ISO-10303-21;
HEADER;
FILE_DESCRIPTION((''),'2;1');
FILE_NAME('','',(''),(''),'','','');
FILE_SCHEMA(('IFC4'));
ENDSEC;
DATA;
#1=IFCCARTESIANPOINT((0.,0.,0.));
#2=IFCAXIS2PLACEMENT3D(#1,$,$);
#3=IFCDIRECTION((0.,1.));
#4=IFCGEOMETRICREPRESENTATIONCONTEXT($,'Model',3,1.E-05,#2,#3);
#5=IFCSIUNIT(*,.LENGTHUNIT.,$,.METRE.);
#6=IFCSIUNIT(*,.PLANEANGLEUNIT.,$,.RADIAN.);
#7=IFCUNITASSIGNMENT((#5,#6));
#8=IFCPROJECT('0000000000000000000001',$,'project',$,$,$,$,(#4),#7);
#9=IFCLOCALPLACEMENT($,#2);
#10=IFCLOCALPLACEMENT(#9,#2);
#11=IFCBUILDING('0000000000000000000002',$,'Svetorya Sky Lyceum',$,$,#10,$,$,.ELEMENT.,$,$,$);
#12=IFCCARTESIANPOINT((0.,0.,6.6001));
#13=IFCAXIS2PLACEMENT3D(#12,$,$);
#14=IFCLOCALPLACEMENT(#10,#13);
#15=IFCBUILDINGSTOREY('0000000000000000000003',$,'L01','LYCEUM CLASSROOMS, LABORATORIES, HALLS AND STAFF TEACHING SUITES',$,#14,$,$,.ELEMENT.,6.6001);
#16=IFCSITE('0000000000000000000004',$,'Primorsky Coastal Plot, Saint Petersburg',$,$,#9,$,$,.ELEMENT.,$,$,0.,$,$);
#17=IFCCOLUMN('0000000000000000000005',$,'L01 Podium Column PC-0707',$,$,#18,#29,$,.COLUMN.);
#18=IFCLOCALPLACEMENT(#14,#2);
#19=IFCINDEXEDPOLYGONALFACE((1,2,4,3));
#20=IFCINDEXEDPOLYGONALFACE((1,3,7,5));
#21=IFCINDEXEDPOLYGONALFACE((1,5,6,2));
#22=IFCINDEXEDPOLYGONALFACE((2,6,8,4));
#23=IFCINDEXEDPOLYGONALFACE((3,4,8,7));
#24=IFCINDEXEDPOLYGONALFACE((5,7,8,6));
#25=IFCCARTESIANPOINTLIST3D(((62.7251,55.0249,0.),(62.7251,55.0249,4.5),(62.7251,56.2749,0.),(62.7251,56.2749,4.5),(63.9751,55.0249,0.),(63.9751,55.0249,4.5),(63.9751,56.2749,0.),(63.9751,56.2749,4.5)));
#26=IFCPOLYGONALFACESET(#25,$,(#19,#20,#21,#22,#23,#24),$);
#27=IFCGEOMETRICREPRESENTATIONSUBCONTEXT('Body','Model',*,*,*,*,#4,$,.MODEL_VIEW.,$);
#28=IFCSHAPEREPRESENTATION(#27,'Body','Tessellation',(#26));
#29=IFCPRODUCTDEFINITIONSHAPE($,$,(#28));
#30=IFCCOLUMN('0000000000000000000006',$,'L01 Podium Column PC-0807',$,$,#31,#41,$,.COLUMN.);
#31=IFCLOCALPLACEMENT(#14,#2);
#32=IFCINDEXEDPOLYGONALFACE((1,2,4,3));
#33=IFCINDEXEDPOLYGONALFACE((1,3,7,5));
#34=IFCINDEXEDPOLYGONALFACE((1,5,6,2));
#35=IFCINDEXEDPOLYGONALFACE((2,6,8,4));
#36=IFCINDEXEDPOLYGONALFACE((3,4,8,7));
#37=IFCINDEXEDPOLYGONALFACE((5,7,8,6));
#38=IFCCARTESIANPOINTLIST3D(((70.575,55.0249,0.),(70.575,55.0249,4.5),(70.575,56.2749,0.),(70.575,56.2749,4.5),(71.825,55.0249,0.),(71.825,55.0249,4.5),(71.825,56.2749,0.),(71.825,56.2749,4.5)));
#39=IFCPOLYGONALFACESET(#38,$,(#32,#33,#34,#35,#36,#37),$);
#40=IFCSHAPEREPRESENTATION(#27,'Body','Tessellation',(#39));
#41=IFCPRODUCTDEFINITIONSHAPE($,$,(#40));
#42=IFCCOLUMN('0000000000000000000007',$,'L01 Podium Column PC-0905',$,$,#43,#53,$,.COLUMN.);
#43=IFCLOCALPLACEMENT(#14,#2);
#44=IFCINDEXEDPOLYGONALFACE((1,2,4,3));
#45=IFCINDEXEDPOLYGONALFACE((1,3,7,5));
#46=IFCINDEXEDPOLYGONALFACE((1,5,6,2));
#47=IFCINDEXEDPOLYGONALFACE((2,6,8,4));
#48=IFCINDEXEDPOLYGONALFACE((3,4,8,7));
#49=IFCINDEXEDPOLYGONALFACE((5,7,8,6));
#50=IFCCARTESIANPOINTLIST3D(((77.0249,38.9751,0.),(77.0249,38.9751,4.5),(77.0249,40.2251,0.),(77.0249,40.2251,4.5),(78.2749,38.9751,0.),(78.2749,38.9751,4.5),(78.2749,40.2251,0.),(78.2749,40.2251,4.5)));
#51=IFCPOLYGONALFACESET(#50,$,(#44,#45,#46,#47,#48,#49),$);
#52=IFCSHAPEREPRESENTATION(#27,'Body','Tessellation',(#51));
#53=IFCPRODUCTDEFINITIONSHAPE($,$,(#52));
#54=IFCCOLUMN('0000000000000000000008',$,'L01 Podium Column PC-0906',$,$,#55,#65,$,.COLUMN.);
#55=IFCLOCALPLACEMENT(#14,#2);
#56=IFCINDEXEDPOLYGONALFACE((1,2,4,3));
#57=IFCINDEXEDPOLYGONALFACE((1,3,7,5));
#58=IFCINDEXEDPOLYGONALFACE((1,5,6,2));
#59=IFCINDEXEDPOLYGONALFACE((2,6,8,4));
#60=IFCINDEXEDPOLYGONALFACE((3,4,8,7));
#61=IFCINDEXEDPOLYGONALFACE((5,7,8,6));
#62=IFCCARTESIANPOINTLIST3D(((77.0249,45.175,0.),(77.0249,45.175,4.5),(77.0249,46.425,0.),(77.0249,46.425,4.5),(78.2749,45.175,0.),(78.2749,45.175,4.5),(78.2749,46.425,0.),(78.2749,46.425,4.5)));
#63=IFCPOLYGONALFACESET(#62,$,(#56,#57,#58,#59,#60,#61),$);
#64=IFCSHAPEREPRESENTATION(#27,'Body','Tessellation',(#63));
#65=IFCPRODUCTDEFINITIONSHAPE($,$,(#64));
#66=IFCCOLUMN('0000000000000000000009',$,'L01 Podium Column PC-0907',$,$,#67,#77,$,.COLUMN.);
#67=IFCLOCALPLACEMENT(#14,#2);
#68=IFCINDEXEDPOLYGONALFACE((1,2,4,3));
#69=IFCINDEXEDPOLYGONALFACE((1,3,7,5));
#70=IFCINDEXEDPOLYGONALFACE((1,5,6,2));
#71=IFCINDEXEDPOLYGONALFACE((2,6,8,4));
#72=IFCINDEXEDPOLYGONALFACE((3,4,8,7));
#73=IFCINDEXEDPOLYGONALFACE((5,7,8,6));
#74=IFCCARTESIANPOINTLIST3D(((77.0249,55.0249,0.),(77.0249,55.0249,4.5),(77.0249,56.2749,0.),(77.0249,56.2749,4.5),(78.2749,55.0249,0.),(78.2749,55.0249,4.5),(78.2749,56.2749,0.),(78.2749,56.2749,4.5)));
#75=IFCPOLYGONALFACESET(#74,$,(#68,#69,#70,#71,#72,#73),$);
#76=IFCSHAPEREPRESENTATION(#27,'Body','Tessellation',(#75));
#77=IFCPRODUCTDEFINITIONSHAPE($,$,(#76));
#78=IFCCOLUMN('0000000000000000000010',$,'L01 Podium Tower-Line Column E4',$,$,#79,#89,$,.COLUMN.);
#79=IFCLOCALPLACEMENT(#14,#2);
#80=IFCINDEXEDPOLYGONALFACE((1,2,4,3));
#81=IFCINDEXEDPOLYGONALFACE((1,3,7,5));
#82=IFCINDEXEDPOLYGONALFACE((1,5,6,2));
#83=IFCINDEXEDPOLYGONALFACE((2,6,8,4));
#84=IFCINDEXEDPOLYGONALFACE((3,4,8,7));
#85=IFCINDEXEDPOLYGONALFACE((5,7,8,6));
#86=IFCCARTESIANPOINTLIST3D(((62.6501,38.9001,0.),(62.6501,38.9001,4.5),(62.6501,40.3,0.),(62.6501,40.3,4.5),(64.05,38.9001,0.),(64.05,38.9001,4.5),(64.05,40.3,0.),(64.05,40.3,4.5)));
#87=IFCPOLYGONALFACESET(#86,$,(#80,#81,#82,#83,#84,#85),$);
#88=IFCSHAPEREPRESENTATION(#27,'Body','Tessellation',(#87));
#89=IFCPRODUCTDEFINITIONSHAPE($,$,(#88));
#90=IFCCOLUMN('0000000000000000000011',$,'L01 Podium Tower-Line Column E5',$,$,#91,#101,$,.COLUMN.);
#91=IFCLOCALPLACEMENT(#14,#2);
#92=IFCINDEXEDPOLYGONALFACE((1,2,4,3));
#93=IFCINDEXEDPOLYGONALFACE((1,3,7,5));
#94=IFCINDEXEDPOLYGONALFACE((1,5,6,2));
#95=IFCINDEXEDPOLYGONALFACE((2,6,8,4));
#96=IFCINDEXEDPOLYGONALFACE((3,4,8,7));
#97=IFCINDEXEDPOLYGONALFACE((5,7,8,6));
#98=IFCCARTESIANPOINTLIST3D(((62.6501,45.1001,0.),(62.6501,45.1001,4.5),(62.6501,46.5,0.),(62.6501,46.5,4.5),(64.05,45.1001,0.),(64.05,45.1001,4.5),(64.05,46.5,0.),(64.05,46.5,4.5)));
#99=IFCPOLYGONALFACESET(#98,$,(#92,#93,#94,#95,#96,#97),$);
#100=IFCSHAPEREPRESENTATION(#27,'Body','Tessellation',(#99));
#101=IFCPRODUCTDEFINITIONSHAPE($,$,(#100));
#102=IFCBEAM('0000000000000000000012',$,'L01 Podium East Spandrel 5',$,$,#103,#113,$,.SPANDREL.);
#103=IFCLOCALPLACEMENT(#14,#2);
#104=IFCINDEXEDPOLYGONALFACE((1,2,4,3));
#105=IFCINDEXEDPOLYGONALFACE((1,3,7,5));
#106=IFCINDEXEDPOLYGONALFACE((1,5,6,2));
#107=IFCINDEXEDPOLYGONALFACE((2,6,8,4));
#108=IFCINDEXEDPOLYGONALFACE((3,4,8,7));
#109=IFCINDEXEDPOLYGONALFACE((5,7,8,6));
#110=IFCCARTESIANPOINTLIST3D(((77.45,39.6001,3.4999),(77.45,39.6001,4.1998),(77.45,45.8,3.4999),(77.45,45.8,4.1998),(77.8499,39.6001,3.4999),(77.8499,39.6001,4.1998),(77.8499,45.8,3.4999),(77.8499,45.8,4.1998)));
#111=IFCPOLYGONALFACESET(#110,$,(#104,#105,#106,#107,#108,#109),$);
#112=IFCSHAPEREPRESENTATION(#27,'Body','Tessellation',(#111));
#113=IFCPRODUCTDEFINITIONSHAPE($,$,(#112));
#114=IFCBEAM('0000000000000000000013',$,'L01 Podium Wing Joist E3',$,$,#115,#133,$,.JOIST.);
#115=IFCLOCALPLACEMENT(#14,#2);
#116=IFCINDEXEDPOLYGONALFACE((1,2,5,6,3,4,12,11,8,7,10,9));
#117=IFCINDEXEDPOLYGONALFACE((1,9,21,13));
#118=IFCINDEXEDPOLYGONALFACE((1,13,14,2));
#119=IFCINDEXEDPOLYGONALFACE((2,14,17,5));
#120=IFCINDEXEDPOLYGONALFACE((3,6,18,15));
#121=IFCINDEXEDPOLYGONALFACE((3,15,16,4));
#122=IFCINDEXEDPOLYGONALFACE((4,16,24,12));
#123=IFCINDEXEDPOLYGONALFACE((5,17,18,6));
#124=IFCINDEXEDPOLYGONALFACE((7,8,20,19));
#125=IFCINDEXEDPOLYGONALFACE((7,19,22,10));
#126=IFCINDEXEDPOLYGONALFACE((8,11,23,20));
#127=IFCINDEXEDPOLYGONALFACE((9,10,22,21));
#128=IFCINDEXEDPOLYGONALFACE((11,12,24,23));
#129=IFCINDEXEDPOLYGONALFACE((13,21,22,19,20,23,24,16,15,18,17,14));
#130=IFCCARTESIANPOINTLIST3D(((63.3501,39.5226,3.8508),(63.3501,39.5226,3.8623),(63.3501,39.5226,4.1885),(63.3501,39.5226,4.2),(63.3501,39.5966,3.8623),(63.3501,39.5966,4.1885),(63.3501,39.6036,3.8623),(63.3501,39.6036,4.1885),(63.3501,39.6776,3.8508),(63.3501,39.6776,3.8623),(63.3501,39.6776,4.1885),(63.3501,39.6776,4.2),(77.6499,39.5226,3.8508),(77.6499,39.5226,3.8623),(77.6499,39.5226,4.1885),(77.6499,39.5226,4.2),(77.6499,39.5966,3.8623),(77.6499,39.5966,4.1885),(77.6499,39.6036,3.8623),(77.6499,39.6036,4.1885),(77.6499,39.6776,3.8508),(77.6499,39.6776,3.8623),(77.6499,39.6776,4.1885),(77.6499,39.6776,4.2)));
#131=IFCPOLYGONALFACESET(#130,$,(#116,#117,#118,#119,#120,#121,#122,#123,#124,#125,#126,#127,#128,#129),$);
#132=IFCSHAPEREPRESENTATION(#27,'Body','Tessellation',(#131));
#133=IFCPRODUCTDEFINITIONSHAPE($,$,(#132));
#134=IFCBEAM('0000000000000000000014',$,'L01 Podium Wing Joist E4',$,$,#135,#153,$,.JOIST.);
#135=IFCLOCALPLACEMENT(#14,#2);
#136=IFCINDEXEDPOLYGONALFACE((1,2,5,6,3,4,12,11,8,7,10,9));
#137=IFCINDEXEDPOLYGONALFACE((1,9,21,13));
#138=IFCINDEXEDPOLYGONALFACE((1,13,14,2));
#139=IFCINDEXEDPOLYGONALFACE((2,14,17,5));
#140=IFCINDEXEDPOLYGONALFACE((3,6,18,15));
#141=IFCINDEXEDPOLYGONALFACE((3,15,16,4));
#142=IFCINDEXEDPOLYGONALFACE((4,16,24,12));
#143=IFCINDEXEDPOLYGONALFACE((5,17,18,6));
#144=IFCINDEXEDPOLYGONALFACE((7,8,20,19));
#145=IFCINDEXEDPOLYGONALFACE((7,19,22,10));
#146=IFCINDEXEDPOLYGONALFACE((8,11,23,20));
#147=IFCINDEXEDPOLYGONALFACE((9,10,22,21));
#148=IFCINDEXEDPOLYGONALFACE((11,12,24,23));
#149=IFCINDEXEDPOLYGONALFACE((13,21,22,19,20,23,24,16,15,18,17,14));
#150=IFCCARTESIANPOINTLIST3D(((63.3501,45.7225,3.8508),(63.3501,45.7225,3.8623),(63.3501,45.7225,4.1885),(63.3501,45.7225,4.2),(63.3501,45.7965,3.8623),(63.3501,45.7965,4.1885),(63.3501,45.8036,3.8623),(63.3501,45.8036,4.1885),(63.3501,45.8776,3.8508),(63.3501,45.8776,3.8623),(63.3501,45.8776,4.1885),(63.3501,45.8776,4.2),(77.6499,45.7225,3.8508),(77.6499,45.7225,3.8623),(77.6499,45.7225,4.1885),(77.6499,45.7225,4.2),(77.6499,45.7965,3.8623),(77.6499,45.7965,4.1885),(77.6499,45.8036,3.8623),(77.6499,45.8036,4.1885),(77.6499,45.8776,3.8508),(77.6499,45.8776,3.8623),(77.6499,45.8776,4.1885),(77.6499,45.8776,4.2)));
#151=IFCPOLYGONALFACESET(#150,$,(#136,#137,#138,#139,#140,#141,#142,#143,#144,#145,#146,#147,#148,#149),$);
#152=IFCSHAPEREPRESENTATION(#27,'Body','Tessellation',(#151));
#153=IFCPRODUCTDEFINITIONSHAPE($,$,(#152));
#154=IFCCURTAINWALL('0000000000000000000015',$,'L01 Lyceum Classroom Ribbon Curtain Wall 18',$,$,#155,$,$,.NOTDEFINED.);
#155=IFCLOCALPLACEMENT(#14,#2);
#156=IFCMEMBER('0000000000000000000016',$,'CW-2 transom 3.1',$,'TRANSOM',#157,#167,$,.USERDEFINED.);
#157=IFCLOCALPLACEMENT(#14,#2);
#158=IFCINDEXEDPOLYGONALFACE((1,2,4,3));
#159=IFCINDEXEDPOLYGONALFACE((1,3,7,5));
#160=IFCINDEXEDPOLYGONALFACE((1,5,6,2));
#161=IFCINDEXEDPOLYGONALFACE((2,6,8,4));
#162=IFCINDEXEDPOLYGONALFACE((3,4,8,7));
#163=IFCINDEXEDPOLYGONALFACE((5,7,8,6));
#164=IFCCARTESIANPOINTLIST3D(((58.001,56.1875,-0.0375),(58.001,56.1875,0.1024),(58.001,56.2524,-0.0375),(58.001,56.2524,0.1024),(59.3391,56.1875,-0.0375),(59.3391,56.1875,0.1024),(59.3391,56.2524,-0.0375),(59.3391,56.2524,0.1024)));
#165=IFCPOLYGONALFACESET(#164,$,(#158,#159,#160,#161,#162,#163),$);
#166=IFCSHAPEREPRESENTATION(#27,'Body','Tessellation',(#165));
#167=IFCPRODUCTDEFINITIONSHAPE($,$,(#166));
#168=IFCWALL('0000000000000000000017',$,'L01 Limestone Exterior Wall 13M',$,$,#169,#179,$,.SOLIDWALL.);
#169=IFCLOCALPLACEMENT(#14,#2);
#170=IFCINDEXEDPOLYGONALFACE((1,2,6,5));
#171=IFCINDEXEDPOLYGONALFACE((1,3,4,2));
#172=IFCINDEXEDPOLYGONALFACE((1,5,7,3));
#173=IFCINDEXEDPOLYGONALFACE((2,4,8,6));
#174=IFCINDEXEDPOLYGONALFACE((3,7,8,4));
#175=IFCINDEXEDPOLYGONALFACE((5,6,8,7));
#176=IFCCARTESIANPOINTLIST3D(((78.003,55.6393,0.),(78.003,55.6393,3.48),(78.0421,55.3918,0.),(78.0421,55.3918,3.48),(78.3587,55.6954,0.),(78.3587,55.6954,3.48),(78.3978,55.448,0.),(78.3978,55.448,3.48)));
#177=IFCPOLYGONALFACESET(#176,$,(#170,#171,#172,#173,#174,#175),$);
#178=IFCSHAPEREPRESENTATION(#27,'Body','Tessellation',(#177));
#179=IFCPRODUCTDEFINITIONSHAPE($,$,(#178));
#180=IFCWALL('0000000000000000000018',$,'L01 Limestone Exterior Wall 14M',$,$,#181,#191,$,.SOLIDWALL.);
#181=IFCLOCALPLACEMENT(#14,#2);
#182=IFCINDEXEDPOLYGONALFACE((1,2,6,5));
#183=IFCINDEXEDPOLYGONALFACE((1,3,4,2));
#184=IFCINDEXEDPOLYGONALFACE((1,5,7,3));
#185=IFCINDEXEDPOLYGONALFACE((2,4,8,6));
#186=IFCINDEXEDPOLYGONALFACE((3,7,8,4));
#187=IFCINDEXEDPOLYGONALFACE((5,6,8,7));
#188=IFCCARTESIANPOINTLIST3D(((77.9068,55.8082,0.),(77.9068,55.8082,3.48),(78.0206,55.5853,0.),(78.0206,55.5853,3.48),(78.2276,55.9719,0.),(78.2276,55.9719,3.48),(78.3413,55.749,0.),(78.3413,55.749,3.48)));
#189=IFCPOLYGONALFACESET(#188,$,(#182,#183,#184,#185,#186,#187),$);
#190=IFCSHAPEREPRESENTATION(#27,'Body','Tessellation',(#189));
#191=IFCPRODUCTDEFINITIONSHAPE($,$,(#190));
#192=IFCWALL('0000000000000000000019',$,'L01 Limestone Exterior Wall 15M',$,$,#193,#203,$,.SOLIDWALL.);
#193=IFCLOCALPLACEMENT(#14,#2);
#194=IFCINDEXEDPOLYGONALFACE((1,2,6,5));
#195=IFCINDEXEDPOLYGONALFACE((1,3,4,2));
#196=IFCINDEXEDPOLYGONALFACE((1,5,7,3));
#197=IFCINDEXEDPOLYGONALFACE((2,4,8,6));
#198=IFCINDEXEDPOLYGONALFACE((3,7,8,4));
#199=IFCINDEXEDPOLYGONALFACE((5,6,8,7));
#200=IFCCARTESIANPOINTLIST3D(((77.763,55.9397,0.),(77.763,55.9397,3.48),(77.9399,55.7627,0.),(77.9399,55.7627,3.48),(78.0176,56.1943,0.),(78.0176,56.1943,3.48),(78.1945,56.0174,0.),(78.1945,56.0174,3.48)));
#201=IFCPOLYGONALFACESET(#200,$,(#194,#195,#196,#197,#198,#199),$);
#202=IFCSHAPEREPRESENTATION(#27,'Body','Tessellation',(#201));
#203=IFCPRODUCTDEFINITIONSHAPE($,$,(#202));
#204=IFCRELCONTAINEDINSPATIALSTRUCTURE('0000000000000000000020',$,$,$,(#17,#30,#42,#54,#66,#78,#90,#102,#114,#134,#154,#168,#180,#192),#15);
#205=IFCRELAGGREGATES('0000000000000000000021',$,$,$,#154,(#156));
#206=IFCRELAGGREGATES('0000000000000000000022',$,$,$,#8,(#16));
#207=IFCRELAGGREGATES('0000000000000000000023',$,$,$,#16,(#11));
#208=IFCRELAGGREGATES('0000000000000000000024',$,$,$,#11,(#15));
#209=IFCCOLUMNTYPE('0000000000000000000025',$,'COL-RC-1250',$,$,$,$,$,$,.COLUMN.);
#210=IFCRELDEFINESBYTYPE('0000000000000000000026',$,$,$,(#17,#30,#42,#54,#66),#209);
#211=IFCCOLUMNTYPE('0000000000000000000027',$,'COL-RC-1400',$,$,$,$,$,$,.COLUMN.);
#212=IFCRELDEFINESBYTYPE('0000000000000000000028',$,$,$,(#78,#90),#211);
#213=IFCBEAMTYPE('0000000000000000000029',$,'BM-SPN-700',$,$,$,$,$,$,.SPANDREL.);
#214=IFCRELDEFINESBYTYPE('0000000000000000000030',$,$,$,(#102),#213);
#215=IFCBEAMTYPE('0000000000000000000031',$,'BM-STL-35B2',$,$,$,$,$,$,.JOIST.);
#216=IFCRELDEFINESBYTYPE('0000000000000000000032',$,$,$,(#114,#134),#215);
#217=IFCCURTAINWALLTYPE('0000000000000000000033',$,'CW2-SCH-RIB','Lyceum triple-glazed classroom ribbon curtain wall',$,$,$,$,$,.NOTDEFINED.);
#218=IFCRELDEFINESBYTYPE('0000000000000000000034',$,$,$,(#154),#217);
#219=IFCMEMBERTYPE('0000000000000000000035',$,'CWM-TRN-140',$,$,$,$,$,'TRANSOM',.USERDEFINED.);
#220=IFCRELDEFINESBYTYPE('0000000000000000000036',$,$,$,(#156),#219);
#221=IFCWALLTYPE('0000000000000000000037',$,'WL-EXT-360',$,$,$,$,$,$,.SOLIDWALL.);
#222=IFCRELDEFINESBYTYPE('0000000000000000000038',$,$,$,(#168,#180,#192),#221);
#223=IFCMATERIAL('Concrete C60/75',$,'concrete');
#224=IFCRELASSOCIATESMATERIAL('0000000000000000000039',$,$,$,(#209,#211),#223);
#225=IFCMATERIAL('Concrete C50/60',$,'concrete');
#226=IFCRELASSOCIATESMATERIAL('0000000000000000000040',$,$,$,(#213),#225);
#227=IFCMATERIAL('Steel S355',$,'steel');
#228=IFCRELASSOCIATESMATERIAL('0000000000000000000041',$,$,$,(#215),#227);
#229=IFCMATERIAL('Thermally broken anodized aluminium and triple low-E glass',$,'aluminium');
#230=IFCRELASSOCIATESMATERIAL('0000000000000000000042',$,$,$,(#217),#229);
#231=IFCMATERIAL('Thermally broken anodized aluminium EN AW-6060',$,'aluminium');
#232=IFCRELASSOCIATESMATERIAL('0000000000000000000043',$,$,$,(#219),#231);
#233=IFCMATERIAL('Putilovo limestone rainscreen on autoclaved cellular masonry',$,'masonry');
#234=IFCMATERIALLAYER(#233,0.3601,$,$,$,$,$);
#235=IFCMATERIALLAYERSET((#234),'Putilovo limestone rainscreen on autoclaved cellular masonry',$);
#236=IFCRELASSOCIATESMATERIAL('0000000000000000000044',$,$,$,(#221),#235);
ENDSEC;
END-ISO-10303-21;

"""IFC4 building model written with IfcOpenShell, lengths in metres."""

from ifc_helpers import new_model, si_unit, direction, frame, frame_2d, origin, origin_2d, place, context, subcontext, project, spatial, rectangle, i_section, extrude, material, layer, layer_set, material_profile, profile_set, type_object, element, aggregate, save


model = new_model("IFC4")

# Units and contexts
model_context = context("Model", 3, precision=1e-05, world=origin(), true_north=direction((0.0, 1.0)))
body_context = subcontext(model_context, "Body", "Model", "MODEL_VIEW")
ifc_project = project(units=[si_unit("LENGTHUNIT", "METRE"), si_unit("PLANEANGLEUNIT", "RADIAN")], contexts=[model_context])

# Site, building, storey
site_placement = place(None, origin())
site = spatial("IfcSite", under=ifc_project, at=site_placement, Name="Primorsky Coastal Plot, Saint Petersburg", CompositionType="ELEMENT", RefElevation=0.0)
building_placement = place(site_placement, origin())
building = spatial("IfcBuilding", under=site, at=building_placement, Name="Svetorya Sky Lyceum", CompositionType="ELEMENT")
storey_placement = place(building_placement, frame((0.0, 0.0, 6.6001)))
storey = spatial("IfcBuildingStorey", under=building, at=storey_placement, Name="L01", Description="LYCEUM CLASSROOMS, LABORATORIES, HALLS AND STAFF TEACHING SUITES", CompositionType="ELEMENT", Elevation=6.6001)

# Columns
ifc_material_1 = material(Name="Concrete C60/75", Category="concrete")
ifc_material_profile_1 = material_profile(ifc_material_1, rectangle(XDim=1.25, YDim=1.25, at=origin_2d()), Name="RC COL 1250x1250")
ifc_profile_set_1 = profile_set([ifc_material_profile_1], Name="Concrete C60/75")
column_type_1 = type_object("IfcColumnType", Name="COL-RC-1250", PredefinedType="COLUMN", material=ifc_profile_set_1)
for number, where, z_axis, x_axis, name in (
    (1, (63.3501, 55.6499, 0.0), (0.0, 0.0, 1.0), (1.0, 0.0, 0.0), "L01 Podium Column PC-0707"),
    (2, (71.2, 55.6499, 0.0), (0.0, 0.0, 1.0), (1.0, 0.0, 0.0), "L01 Podium Column PC-0807"),
    (3, (77.6499, 39.6001, 0.0), (0.0, 0.0, 1.0), (1.0, 0.0, 0.0), "L01 Podium Column PC-0905"),
    (4, (77.6499, 45.8, 0.0), (0.0, 0.0, 1.0), (1.0, 0.0, 0.0), "L01 Podium Column PC-0906"),
    (5, (77.6499, 55.6499, 0.0), (0.0, 0.0, 1.0), (1.0, 0.0, 0.0), "L01 Podium Column PC-0907"),
):
    element("IfcColumn", number, at=place(storey_placement, frame(where, z_axis=z_axis, x_axis=x_axis)), inside=storey, type_object=column_type_1, Name=name, PredefinedType="COLUMN", context=body_context, shape_type="SweptSolid", body=[
        extrude(rectangle(XDim=1.25, YDim=1.25, at=origin_2d()), origin(), (0.0, 0.0, 1.0), 4.5),
    ])
ifc_material_profile_2 = material_profile(ifc_material_1, rectangle(XDim=1.3999, YDim=1.3999, at=origin_2d()), Name="RC COL 1400x1400")
ifc_profile_set_2 = profile_set([ifc_material_profile_2], Name="Concrete C60/75")
column_type_2 = type_object("IfcColumnType", Name="COL-RC-1400", PredefinedType="COLUMN", material=ifc_profile_set_2)
for number, where, z_axis, x_axis, name in (
    (6, (63.3501, 39.6001, 0.0), (0.0, 0.0, 1.0), (1.0, 0.0, 0.0), "L01 Podium Tower-Line Column E4"),
    (7, (63.3501, 45.8, 0.0), (0.0, 0.0, 1.0), (1.0, 0.0, 0.0), "L01 Podium Tower-Line Column E5"),
):
    element("IfcColumn", number, at=place(storey_placement, frame(where, z_axis=z_axis, x_axis=x_axis)), inside=storey, type_object=column_type_2, Name=name, PredefinedType="COLUMN", context=body_context, shape_type="SweptSolid", body=[
        extrude(rectangle(XDim=1.3999, YDim=1.3999, at=origin_2d()), origin(), (0.0, 0.0, 1.0), 4.5),
    ])

# Beams
ifc_material_2 = material(Name="Concrete C50/60", Category="concrete")
ifc_material_profile_3 = material_profile(ifc_material_2, rectangle(XDim=0.3999, YDim=0.7, at=origin_2d()), Name="RC SPANDREL 400x700")
ifc_profile_set_3 = profile_set([ifc_material_profile_3], Name="Concrete C50/60")
beam_type_1 = type_object("IfcBeamType", Name="BM-SPN-700", PredefinedType="SPANDREL", material=ifc_profile_set_3)
beam_placement = place(storey_placement, frame((77.6499, 39.6001, 3.8499), z_axis=(0.0, 1.0, 0.0), x_axis=(-1.0, 0.0, 0.0)))
element("IfcBeam", 8, at=beam_placement, inside=storey, type_object=beam_type_1, Name="L01 Podium East Spandrel 5", PredefinedType="SPANDREL", context=body_context, shape_type="SweptSolid", body=[
    extrude(rectangle(XDim=0.3999, YDim=0.7, at=origin_2d()), origin(), (0.0, 0.0, 1.0), 6.2),
])
ifc_material_3 = material(Name="Steel S355", Category="steel")
ifc_material_profile_4 = material_profile(ifc_material_3, i_section(OverallWidth=0.155, OverallDepth=0.3491, WebThickness=0.0071, FlangeThickness=0.0115, at=origin_2d()), Name="GOST 35B2")
ifc_profile_set_4 = profile_set([ifc_material_profile_4], Name="Steel S355")
beam_type_2 = type_object("IfcBeamType", Name="BM-STL-35B2", PredefinedType="JOIST", material=ifc_profile_set_4)
for number, where, z_axis, x_axis, name in (
    (9, (63.3501, 39.6001, 4.0254), (1.0, 0.0, 0.0), (0.0, 1.0, 0.0), "L01 Podium Wing Joist E3"),
    (10, (63.3501, 45.8, 4.0254), (1.0, 0.0, 0.0), (0.0, 1.0, 0.0), "L01 Podium Wing Joist E4"),
):
    element("IfcBeam", number, at=place(storey_placement, frame(where, z_axis=z_axis, x_axis=x_axis)), inside=storey, type_object=beam_type_2, Name=name, PredefinedType="JOIST", context=body_context, shape_type="SweptSolid", body=[
        extrude(i_section(OverallWidth=0.155, OverallDepth=0.3491, WebThickness=0.0071, FlangeThickness=0.0115, at=origin_2d()), origin(), (0.0, 0.0, 1.0), 14.2998),
    ])

# Curtain wall, member
ifc_material_4 = material(Name="Thermally broken anodized aluminium and triple low-E glass", Category="aluminium")
curtain_wall_type = type_object("IfcCurtainWallType", Name="CW2-SCH-RIB", Description="Lyceum triple-glazed classroom ribbon curtain wall", PredefinedType="NOTDEFINED", material=ifc_material_4)
curtain_wall_placement = place(storey_placement, origin())
curtain_wall = element("IfcCurtainWall", 11, at=curtain_wall_placement, inside=storey, type_object=curtain_wall_type, Name="L01 Lyceum Classroom Ribbon Curtain Wall 18", PredefinedType="NOTDEFINED")
ifc_material_5 = material(Name="Thermally broken anodized aluminium EN AW-6060", Category="aluminium")
ifc_material_profile_5 = material_profile(ifc_material_5, rectangle(XDim=0.0649, YDim=0.1399, at=origin_2d()), Name="ALU TRANSOM 65x140")
ifc_profile_set_5 = profile_set([ifc_material_profile_5], Name="Thermally broken anodized aluminium EN AW-6060")
member_type = type_object("IfcMemberType", Name="CWM-TRN-140", ElementType="TRANSOM", PredefinedType="USERDEFINED", material=ifc_profile_set_5)
member_placement = place(storey_placement, frame((59.3391, 56.22, 0.0325), z_axis=(-1.0, 0.0, 0.0), x_axis=(0.0, -1.0, 0.0)))
member = element("IfcMember", 12, at=member_placement, type_object=member_type, Name="CW-2 transom 3.1", ObjectType="TRANSOM", PredefinedType="USERDEFINED", context=body_context, shape_type="SweptSolid", body=[
    extrude(rectangle(XDim=0.0649, YDim=0.1399, at=origin_2d()), origin(), (0.0, 0.0, 1.0), 1.3381),
])
aggregate(curtain_wall, [member])

# Walls
ifc_material_6 = material(Name="Putilovo limestone rainscreen on autoclaved cellular masonry", Category="masonry")
ifc_layer_1 = layer(ifc_material_6, 0.3601)
ifc_layer_set_1 = layer_set([ifc_layer_1], Name="Putilovo limestone rainscreen on autoclaved cellular masonry")
wall_type_1 = type_object("IfcWallType", Name="WL-EXT-360", PredefinedType="SOLIDWALL", material=ifc_layer_set_1)
wall_1_placement = place(storey_placement, frame((78.22, 55.4199, 0.0), z_axis=(0.0, 0.0, 1.0), x_axis=(-0.156013, 0.987755, 0.0)))
element("IfcWall", 13, at=wall_1_placement, inside=storey, type_object=wall_type_1, Name="L01 Limestone Exterior Wall 13M", PredefinedType="SOLIDWALL", context=body_context, shape_type="SweptSolid", body=[
    extrude(rectangle(XDim=0.2505, YDim=0.3601, at=frame_2d((0.1252, 0.0))), origin(), (0.0, 0.0, 1.0), 3.48),
])
for number, where, z_axis, x_axis, name in (
    (14, (78.1809, 55.6672, 0.0), (0.0, 0.0, 1.0), (-0.454613, 0.890689, 0.0), "L01 Limestone Exterior Wall 14M"),
    (15, (78.0671, 55.8901, 0.0), (0.0, 0.0, 1.0), (-0.707107, 0.707107, 0.0), "L01 Limestone Exterior Wall 15M"),
):
    element("IfcWall", number, at=place(storey_placement, frame(where, z_axis=z_axis, x_axis=x_axis)), inside=storey, type_object=wall_type_1, Name=name, PredefinedType="SOLIDWALL", context=body_context, shape_type="SweptSolid", body=[
        extrude(rectangle(XDim=0.2502, YDim=0.3601, at=frame_2d((0.125, 0.0))), origin(), (0.0, 0.0, 1.0), 3.48),
    ])

save(model, "model.ifc")
